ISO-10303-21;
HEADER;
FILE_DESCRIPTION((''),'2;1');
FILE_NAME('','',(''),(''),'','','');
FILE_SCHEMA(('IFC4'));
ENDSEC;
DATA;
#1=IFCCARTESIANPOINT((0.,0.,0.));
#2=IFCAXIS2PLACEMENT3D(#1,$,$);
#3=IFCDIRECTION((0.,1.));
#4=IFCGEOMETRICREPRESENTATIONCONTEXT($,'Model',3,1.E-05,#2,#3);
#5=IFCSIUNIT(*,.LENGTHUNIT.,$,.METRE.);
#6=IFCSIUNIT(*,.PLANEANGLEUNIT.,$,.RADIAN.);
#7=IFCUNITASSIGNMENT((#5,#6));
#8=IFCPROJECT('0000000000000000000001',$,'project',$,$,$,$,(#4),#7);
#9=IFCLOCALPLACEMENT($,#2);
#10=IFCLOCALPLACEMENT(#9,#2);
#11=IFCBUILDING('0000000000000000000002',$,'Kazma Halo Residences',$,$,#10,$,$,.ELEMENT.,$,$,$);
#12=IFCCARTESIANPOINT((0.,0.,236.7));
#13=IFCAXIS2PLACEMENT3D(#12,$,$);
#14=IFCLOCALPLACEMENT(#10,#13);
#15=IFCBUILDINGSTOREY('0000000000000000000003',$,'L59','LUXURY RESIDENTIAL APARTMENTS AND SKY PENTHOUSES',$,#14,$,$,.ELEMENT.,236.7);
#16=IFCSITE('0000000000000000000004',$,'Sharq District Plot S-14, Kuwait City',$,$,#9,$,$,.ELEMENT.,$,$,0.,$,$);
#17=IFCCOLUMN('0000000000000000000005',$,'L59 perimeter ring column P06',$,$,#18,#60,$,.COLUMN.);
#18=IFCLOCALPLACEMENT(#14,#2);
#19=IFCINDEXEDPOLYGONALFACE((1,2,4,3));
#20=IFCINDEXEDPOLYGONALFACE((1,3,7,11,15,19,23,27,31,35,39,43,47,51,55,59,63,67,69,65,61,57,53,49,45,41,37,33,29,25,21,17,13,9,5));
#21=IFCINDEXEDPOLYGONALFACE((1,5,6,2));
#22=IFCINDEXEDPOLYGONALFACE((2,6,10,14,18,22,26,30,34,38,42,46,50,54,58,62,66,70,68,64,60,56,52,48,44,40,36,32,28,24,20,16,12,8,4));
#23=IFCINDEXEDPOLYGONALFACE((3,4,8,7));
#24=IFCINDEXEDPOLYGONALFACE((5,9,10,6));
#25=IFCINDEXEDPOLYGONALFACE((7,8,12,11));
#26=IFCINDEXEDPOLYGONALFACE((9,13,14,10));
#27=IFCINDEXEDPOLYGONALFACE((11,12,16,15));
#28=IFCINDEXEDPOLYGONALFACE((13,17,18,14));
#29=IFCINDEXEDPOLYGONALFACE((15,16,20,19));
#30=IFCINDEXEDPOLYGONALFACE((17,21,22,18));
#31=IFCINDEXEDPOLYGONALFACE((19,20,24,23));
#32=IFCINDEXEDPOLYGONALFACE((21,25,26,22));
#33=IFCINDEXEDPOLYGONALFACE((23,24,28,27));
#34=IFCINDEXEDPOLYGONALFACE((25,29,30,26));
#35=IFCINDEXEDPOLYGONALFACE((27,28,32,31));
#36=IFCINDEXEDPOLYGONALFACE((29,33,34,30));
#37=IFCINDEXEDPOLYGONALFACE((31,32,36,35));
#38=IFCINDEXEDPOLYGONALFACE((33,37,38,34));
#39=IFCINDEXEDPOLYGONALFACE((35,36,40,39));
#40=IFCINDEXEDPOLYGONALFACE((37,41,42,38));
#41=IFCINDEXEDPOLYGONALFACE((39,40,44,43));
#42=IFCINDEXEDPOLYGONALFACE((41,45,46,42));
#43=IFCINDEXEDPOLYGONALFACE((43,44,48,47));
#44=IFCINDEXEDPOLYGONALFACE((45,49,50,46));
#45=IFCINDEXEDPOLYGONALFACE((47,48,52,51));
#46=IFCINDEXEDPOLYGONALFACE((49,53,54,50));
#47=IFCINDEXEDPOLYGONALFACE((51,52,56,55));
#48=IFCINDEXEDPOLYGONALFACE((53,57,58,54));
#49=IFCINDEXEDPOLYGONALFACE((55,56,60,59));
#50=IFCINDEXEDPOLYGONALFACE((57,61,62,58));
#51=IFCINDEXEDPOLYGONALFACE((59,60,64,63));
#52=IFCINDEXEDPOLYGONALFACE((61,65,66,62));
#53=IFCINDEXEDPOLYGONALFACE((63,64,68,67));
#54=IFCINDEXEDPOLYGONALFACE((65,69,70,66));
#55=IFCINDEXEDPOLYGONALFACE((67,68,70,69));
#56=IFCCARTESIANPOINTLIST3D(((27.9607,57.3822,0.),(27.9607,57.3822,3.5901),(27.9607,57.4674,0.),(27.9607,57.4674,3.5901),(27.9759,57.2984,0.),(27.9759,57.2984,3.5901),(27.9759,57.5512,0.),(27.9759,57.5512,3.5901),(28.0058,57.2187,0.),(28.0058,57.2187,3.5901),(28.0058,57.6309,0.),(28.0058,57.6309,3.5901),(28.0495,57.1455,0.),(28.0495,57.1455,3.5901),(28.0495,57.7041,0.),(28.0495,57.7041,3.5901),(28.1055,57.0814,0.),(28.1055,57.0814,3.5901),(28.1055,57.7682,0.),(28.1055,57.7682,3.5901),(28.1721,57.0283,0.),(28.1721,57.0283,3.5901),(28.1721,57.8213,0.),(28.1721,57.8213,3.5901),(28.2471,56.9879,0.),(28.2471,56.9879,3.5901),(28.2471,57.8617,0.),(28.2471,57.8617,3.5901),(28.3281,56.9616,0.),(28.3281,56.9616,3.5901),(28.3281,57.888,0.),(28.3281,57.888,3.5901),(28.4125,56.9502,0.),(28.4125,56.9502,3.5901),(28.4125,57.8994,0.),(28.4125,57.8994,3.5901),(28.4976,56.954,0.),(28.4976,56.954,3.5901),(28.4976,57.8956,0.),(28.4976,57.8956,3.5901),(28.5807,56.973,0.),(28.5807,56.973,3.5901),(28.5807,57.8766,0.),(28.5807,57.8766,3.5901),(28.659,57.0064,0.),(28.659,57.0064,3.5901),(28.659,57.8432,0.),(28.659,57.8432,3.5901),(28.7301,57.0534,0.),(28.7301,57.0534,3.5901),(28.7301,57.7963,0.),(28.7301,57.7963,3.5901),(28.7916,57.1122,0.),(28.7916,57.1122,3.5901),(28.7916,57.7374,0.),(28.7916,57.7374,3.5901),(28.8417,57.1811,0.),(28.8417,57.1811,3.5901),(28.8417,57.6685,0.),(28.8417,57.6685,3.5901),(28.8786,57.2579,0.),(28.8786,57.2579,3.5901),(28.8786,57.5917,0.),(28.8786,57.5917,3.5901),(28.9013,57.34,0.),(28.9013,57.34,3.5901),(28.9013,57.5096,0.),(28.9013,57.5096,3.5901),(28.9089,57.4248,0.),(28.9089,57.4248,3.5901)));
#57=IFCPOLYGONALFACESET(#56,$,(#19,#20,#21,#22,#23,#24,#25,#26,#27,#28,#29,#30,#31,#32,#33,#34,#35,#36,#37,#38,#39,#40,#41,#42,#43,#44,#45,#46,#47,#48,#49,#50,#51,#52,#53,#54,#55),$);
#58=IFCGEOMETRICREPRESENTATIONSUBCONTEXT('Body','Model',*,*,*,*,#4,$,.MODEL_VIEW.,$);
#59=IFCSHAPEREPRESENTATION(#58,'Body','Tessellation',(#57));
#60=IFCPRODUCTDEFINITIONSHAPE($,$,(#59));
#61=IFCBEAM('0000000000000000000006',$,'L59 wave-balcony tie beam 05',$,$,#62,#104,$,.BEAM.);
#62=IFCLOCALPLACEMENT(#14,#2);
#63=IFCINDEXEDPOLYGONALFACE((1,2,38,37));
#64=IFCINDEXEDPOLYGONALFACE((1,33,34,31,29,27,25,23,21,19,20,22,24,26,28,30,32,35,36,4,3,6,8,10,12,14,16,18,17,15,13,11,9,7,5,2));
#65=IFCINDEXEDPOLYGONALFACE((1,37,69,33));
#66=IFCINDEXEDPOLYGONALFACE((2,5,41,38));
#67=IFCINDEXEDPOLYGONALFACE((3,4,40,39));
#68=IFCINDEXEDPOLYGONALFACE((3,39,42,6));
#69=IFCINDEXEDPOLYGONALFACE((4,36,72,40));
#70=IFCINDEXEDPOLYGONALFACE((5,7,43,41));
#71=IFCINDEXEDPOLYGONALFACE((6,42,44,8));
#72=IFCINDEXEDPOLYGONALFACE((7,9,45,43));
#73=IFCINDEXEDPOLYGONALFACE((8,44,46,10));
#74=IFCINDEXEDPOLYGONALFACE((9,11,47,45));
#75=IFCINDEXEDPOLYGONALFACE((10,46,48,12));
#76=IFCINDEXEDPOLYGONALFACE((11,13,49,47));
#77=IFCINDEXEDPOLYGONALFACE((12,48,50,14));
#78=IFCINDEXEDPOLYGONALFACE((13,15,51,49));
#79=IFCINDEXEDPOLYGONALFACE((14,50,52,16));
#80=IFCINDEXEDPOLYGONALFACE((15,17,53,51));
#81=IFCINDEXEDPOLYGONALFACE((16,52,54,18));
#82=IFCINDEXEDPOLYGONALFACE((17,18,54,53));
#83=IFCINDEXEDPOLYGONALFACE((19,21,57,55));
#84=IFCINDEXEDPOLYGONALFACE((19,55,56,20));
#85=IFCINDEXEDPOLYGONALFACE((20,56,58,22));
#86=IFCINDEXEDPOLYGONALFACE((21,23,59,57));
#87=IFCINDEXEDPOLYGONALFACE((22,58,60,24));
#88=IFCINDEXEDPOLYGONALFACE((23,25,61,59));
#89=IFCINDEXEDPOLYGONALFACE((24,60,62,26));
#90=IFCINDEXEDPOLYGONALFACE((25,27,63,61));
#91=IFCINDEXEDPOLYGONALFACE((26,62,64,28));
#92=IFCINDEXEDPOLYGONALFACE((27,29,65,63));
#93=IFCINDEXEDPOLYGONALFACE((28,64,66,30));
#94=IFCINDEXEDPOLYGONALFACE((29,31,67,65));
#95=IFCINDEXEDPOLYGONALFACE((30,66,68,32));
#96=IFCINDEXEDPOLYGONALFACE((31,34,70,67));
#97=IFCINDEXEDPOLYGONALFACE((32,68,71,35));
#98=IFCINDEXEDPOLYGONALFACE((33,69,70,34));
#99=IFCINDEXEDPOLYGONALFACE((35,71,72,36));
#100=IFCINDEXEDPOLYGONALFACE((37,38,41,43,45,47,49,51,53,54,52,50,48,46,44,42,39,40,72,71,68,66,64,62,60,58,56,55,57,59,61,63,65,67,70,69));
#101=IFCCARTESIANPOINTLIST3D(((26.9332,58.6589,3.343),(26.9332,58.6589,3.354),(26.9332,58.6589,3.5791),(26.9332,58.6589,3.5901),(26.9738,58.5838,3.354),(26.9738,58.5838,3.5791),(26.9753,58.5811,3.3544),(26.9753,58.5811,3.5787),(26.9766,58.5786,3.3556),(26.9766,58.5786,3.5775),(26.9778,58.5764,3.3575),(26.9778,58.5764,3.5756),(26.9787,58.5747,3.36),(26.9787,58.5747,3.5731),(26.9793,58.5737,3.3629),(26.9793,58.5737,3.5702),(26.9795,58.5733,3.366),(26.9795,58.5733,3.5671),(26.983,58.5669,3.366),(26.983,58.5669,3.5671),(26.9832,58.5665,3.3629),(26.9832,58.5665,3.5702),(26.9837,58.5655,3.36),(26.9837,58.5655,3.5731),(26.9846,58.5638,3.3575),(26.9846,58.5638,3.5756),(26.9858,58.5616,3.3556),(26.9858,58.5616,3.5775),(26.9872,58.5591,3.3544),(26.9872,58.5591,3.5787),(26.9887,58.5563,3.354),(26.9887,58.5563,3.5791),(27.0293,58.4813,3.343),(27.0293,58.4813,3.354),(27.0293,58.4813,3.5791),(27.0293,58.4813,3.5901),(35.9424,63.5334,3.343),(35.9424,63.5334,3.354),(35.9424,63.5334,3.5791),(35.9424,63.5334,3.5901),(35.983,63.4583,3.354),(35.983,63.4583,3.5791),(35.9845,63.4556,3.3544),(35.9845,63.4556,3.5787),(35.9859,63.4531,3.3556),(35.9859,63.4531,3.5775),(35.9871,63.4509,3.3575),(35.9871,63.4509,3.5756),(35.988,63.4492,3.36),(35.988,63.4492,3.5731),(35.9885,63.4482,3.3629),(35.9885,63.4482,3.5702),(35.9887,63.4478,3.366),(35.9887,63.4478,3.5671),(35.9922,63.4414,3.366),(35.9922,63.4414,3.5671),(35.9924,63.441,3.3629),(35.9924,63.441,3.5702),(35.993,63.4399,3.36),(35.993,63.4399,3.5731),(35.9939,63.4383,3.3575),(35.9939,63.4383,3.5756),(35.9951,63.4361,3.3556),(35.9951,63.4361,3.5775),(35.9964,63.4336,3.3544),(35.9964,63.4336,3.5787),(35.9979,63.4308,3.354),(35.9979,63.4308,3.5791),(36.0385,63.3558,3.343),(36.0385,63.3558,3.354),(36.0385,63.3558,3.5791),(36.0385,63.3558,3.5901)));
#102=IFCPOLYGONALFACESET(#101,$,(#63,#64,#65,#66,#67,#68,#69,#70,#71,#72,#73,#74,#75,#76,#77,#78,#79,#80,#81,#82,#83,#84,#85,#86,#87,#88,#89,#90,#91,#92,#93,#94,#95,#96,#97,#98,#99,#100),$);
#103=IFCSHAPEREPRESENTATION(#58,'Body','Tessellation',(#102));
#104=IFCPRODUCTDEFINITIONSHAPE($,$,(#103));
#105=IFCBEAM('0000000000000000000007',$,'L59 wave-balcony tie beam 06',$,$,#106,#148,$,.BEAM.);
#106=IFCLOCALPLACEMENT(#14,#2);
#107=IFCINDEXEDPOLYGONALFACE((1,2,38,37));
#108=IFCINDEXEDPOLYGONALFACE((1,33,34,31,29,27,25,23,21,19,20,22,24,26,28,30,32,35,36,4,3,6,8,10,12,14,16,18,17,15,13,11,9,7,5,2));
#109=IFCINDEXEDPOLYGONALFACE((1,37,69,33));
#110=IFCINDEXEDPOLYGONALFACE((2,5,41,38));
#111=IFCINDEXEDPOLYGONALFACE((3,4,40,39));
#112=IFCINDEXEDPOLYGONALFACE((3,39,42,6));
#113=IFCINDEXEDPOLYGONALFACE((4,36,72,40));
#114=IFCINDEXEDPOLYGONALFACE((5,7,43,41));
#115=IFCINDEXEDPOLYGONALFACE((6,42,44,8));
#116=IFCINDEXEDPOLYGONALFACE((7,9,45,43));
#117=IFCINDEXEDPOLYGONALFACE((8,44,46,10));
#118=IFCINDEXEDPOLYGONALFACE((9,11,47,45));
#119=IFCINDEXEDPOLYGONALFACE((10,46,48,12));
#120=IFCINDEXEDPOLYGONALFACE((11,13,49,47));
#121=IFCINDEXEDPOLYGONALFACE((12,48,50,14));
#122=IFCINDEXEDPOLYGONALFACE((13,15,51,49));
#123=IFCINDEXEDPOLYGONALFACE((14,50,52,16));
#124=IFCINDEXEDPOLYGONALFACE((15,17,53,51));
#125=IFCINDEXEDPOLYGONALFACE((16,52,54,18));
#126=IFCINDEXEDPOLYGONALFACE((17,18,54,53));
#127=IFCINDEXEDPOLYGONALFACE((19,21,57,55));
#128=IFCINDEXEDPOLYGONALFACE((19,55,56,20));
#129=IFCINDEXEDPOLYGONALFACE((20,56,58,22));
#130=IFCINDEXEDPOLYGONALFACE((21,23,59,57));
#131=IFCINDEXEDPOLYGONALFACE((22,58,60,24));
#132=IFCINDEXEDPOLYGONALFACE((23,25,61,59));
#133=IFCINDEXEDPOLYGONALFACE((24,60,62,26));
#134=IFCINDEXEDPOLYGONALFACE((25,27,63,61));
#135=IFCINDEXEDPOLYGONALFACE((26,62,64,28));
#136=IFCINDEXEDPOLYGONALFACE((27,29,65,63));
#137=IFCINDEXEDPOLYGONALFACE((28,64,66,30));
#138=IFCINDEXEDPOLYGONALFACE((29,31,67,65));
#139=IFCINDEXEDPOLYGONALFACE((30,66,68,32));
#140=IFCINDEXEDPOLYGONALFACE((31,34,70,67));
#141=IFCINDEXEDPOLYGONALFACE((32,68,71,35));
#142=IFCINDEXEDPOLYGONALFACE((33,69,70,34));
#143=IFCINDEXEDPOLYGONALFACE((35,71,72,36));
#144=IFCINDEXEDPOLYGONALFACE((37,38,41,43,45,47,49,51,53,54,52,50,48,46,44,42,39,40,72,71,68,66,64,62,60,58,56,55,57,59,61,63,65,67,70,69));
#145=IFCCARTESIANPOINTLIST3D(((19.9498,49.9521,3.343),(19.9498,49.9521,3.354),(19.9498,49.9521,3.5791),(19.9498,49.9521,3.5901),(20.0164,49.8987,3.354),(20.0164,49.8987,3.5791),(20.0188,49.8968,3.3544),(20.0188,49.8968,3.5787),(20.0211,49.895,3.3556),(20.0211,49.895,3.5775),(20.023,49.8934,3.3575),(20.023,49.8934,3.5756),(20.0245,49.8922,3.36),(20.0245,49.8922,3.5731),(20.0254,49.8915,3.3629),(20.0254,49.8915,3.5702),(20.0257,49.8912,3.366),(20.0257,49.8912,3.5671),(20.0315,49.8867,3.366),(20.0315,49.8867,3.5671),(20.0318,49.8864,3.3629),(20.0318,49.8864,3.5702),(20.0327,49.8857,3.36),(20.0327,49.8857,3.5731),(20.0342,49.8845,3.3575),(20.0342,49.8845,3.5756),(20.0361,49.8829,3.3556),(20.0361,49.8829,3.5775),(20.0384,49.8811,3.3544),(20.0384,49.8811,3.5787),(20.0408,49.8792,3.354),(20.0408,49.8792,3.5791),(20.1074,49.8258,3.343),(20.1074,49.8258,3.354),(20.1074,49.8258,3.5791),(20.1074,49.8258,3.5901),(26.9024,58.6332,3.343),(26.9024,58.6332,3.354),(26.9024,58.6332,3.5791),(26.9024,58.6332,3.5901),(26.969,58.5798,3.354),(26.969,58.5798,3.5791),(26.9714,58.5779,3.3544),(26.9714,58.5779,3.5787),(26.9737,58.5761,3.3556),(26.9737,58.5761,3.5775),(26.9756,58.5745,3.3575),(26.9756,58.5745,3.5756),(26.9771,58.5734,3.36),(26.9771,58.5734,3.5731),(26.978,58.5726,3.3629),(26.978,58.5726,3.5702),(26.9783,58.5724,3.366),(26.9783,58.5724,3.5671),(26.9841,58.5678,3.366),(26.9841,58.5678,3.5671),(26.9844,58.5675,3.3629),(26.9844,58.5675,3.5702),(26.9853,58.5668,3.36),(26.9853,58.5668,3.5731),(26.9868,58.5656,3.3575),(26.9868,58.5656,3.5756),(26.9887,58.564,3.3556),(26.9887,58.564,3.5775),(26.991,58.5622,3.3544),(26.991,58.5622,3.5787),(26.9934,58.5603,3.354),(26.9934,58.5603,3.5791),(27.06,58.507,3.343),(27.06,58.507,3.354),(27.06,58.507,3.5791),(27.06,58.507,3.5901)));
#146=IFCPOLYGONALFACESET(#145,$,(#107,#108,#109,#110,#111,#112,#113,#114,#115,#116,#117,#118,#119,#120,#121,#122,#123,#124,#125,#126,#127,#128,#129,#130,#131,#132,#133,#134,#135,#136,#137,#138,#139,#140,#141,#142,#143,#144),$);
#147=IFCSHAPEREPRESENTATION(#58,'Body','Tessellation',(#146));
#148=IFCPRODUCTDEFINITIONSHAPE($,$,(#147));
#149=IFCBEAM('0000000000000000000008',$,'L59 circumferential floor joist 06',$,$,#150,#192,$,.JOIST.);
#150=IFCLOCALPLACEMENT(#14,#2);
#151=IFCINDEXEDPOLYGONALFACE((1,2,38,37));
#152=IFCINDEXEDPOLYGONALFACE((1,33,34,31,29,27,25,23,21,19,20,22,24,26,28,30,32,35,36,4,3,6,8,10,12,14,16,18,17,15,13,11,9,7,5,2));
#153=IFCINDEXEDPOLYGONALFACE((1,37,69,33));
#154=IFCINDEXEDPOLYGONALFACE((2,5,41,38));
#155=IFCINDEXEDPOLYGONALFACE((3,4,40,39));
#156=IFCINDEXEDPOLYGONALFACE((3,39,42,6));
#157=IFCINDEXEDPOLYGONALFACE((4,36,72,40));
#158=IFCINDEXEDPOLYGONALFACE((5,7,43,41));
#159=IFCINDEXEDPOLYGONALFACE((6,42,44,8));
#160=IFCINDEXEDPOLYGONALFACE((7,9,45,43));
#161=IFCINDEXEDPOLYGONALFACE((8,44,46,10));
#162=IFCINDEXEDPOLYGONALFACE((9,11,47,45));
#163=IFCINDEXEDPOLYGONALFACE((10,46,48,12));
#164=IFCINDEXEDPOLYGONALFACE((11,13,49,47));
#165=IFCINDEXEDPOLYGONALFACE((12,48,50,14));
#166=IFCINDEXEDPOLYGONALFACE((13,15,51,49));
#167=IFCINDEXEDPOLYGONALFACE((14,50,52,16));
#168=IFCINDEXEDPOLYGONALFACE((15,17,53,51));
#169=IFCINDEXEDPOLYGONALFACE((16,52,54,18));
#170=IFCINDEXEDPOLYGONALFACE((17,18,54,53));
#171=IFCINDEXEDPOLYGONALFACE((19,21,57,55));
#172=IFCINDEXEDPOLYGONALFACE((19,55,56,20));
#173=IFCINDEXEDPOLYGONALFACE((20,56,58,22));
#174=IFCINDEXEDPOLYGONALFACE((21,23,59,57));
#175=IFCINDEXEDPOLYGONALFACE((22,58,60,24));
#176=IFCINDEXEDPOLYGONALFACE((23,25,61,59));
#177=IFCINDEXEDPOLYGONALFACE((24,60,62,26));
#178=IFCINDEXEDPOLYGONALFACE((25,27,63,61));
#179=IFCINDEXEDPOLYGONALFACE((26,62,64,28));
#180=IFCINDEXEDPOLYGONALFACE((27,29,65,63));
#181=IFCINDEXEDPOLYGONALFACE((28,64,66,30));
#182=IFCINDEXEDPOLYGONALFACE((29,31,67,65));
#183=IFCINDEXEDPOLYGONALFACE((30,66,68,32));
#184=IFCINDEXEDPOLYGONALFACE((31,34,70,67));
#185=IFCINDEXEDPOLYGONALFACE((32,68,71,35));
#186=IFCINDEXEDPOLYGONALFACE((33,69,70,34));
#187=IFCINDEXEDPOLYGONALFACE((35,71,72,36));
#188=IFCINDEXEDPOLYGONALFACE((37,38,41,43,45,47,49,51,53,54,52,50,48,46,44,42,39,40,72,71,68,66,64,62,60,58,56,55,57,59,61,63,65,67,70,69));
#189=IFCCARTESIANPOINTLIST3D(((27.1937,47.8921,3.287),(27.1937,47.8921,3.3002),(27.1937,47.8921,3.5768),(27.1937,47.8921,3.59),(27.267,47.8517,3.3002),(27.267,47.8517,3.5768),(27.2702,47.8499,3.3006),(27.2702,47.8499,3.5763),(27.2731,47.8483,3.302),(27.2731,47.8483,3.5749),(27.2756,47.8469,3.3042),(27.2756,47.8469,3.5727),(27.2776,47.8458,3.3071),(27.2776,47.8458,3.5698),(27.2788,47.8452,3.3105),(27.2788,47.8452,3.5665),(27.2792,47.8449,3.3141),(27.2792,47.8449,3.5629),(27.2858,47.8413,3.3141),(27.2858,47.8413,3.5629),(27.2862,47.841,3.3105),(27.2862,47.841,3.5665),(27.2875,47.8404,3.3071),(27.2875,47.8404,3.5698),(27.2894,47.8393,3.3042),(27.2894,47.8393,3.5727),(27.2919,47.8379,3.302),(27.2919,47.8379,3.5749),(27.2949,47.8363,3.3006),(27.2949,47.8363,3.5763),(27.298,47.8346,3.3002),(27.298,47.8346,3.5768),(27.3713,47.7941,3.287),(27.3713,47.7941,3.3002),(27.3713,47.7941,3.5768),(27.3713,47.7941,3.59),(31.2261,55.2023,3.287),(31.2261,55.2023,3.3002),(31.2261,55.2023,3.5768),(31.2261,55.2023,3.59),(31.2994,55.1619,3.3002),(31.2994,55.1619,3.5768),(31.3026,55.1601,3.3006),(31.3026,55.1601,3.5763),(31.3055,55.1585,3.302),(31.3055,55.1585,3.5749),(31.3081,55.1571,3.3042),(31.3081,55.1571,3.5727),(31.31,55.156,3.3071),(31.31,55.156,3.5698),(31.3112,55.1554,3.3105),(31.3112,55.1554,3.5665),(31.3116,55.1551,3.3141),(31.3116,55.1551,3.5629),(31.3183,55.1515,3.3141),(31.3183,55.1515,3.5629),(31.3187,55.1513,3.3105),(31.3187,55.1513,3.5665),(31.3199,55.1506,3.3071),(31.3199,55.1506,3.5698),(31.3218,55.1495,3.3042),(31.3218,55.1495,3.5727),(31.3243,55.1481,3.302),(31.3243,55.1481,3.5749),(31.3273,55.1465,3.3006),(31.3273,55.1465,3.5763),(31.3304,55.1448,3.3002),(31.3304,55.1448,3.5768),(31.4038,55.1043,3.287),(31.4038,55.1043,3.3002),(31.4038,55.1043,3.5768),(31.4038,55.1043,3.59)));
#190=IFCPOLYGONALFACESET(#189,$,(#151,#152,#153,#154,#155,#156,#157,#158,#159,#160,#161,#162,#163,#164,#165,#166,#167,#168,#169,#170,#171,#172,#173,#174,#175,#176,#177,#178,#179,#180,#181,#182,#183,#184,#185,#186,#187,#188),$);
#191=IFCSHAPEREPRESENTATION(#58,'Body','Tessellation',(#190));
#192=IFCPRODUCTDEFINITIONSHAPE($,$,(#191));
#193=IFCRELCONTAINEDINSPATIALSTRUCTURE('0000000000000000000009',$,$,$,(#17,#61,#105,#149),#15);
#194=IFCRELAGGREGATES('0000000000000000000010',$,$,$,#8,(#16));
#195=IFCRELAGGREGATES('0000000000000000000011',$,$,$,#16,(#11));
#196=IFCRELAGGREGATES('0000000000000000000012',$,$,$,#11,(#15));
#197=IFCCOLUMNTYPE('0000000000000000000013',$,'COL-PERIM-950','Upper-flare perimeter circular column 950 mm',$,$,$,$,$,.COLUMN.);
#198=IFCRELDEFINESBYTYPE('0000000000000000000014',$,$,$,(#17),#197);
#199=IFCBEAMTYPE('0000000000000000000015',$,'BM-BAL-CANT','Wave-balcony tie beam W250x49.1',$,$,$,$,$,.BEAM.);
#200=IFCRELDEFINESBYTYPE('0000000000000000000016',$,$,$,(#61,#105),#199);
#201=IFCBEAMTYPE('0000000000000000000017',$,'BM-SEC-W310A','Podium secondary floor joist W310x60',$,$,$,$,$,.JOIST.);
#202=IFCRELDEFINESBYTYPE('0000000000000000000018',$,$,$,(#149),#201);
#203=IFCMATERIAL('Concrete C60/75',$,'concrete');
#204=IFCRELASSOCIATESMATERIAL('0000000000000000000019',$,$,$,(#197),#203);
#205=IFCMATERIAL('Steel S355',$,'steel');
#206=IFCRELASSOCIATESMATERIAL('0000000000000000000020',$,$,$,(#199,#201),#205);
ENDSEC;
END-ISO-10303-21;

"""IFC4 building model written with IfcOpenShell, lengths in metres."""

from ifc_helpers import new_model, si_unit, direction, frame, origin, origin_2d, place, context, subcontext, project, spatial, circle, i_section, extrude, material, material_profile, profile_set, type_object, element, save


model = new_model("IFC4")

# Units and contexts
model_context = context("Model", 3, precision=1e-05, world=origin(), true_north=direction((0.0, 1.0)))
body_context = subcontext(model_context, "Body", "Model", "MODEL_VIEW")
ifc_project = project(units=[si_unit("LENGTHUNIT", "METRE"), si_unit("PLANEANGLEUNIT", "RADIAN")], contexts=[model_context])

# Site, building, storey
site_placement = place(None, origin())
site = spatial("IfcSite", under=ifc_project, at=site_placement, Name="Sharq District Plot S-14, Kuwait City", CompositionType="ELEMENT", RefElevation=0.0)
building_placement = place(site_placement, origin())
building = spatial("IfcBuilding", under=site, at=building_placement, Name="Kazma Halo Residences", CompositionType="ELEMENT")
storey_placement = place(building_placement, frame((0.0, 0.0, 236.7)))
storey = spatial("IfcBuildingStorey", under=building, at=storey_placement, Name="L59", Description="LUXURY RESIDENTIAL APARTMENTS AND SKY PENTHOUSES", CompositionType="ELEMENT", Elevation=236.7)

# Column
ifc_material_1 = material(Name="Concrete C60/75", Category="concrete")
ifc_material_profile_1 = material_profile(ifc_material_1, circle(Radius=0.4751, at=origin_2d()), Name="CIRC950")
ifc_profile_set_1 = profile_set([ifc_material_profile_1], Name="Concrete C60/75")
column_type = type_object("IfcColumnType", Name="COL-PERIM-950", Description="Upper-flare perimeter circular column 950 mm", PredefinedType="COLUMN", material=ifc_profile_set_1)
column_placement = place(storey_placement, frame((28.4338, 57.4248, 0.0), z_axis=(0.0, 0.0, 1.0), x_axis=(1.0, 0.0, 0.0)))
element("IfcColumn", 1, at=column_placement, inside=storey, type_object=column_type, Name="L59 perimeter ring column P06", PredefinedType="COLUMN", context=body_context, shape_type="SweptSolid", body=[
    extrude(circle(Radius=0.4751, at=origin_2d()), origin(), (0.0, 0.0, 1.0), 3.5901),
])

# Beams
ifc_material_2 = material(Name="Steel S355", Category="steel")
ifc_material_profile_2 = material_profile(ifc_material_2, i_section(OverallWidth=0.2019, OverallDepth=0.2471, WebThickness=0.0073, FlangeThickness=0.011, FilletRadius=0.012, at=origin_2d()), Name="W250x49.1")
ifc_profile_set_2 = profile_set([ifc_material_profile_2], Name="Steel S355")
beam_type_1 = type_object("IfcBeamType", Name="BM-BAL-CANT", Description="Wave-balcony tie beam W250x49.1", PredefinedType="BEAM", material=ifc_profile_set_2)
beam_1_placement = place(storey_placement, frame((35.9905, 63.4446, 3.4666), z_axis=(-0.879517, -0.475867, 0.0), x_axis=(0.475867, -0.879517, 0.0)))
element("IfcBeam", 2, at=beam_1_placement, inside=storey, type_object=beam_type_1, Name="L59 wave-balcony tie beam 05", PredefinedType="BEAM", context=body_context, shape_type="SweptSolid", body=[
    extrude(i_section(OverallWidth=0.2019, OverallDepth=0.2471, WebThickness=0.0073, FlangeThickness=0.011, FilletRadius=0.012, at=origin_2d()), origin(), (0.0, 0.0, 1.0), 10.2434),
])
beam_2_placement = place(storey_placement, frame((26.9812, 58.5701, 3.4666), z_axis=(-0.625118, -0.78053, 0.0), x_axis=(0.78053, -0.625118, 0.0)))
element("IfcBeam", 3, at=beam_2_placement, inside=storey, type_object=beam_type_1, Name="L59 wave-balcony tie beam 06", PredefinedType="BEAM", context=body_context, shape_type="SweptSolid", body=[
    extrude(i_section(OverallWidth=0.2019, OverallDepth=0.2471, WebThickness=0.0073, FlangeThickness=0.011, FilletRadius=0.012, at=origin_2d()), origin(), (0.0, 0.0, 1.0), 11.1221),
])
ifc_material_profile_3 = material_profile(ifc_material_2, i_section(OverallWidth=0.2029, OverallDepth=0.303, WebThickness=0.0076, FlangeThickness=0.0132, FilletRadius=0.0139, at=origin_2d()), Name="W310x60")
ifc_profile_set_3 = profile_set([ifc_material_profile_3], Name="Steel S355")
beam_type_2 = type_object("IfcBeamType", Name="BM-SEC-W310A", Description="Podium secondary floor joist W310x60", PredefinedType="JOIST", material=ifc_profile_set_3)
beam_3_placement = place(storey_placement, frame((31.3149, 55.1533, 3.4385), z_axis=(-0.483004, -0.875618, 0.0), x_axis=(0.875618, -0.483004, 0.0)))
element("IfcBeam", 4, at=beam_3_placement, inside=storey, type_object=beam_type_2, Name="L59 circumferential floor joist 06", PredefinedType="JOIST", context=body_context, shape_type="SweptSolid", body=[
    extrude(i_section(OverallWidth=0.2029, OverallDepth=0.303, WebThickness=0.0076, FlangeThickness=0.0132, FilletRadius=0.0139, at=origin_2d()), origin(), (0.0, 0.0, 1.0), 8.3486),
])

save(model, "model.ifc")
